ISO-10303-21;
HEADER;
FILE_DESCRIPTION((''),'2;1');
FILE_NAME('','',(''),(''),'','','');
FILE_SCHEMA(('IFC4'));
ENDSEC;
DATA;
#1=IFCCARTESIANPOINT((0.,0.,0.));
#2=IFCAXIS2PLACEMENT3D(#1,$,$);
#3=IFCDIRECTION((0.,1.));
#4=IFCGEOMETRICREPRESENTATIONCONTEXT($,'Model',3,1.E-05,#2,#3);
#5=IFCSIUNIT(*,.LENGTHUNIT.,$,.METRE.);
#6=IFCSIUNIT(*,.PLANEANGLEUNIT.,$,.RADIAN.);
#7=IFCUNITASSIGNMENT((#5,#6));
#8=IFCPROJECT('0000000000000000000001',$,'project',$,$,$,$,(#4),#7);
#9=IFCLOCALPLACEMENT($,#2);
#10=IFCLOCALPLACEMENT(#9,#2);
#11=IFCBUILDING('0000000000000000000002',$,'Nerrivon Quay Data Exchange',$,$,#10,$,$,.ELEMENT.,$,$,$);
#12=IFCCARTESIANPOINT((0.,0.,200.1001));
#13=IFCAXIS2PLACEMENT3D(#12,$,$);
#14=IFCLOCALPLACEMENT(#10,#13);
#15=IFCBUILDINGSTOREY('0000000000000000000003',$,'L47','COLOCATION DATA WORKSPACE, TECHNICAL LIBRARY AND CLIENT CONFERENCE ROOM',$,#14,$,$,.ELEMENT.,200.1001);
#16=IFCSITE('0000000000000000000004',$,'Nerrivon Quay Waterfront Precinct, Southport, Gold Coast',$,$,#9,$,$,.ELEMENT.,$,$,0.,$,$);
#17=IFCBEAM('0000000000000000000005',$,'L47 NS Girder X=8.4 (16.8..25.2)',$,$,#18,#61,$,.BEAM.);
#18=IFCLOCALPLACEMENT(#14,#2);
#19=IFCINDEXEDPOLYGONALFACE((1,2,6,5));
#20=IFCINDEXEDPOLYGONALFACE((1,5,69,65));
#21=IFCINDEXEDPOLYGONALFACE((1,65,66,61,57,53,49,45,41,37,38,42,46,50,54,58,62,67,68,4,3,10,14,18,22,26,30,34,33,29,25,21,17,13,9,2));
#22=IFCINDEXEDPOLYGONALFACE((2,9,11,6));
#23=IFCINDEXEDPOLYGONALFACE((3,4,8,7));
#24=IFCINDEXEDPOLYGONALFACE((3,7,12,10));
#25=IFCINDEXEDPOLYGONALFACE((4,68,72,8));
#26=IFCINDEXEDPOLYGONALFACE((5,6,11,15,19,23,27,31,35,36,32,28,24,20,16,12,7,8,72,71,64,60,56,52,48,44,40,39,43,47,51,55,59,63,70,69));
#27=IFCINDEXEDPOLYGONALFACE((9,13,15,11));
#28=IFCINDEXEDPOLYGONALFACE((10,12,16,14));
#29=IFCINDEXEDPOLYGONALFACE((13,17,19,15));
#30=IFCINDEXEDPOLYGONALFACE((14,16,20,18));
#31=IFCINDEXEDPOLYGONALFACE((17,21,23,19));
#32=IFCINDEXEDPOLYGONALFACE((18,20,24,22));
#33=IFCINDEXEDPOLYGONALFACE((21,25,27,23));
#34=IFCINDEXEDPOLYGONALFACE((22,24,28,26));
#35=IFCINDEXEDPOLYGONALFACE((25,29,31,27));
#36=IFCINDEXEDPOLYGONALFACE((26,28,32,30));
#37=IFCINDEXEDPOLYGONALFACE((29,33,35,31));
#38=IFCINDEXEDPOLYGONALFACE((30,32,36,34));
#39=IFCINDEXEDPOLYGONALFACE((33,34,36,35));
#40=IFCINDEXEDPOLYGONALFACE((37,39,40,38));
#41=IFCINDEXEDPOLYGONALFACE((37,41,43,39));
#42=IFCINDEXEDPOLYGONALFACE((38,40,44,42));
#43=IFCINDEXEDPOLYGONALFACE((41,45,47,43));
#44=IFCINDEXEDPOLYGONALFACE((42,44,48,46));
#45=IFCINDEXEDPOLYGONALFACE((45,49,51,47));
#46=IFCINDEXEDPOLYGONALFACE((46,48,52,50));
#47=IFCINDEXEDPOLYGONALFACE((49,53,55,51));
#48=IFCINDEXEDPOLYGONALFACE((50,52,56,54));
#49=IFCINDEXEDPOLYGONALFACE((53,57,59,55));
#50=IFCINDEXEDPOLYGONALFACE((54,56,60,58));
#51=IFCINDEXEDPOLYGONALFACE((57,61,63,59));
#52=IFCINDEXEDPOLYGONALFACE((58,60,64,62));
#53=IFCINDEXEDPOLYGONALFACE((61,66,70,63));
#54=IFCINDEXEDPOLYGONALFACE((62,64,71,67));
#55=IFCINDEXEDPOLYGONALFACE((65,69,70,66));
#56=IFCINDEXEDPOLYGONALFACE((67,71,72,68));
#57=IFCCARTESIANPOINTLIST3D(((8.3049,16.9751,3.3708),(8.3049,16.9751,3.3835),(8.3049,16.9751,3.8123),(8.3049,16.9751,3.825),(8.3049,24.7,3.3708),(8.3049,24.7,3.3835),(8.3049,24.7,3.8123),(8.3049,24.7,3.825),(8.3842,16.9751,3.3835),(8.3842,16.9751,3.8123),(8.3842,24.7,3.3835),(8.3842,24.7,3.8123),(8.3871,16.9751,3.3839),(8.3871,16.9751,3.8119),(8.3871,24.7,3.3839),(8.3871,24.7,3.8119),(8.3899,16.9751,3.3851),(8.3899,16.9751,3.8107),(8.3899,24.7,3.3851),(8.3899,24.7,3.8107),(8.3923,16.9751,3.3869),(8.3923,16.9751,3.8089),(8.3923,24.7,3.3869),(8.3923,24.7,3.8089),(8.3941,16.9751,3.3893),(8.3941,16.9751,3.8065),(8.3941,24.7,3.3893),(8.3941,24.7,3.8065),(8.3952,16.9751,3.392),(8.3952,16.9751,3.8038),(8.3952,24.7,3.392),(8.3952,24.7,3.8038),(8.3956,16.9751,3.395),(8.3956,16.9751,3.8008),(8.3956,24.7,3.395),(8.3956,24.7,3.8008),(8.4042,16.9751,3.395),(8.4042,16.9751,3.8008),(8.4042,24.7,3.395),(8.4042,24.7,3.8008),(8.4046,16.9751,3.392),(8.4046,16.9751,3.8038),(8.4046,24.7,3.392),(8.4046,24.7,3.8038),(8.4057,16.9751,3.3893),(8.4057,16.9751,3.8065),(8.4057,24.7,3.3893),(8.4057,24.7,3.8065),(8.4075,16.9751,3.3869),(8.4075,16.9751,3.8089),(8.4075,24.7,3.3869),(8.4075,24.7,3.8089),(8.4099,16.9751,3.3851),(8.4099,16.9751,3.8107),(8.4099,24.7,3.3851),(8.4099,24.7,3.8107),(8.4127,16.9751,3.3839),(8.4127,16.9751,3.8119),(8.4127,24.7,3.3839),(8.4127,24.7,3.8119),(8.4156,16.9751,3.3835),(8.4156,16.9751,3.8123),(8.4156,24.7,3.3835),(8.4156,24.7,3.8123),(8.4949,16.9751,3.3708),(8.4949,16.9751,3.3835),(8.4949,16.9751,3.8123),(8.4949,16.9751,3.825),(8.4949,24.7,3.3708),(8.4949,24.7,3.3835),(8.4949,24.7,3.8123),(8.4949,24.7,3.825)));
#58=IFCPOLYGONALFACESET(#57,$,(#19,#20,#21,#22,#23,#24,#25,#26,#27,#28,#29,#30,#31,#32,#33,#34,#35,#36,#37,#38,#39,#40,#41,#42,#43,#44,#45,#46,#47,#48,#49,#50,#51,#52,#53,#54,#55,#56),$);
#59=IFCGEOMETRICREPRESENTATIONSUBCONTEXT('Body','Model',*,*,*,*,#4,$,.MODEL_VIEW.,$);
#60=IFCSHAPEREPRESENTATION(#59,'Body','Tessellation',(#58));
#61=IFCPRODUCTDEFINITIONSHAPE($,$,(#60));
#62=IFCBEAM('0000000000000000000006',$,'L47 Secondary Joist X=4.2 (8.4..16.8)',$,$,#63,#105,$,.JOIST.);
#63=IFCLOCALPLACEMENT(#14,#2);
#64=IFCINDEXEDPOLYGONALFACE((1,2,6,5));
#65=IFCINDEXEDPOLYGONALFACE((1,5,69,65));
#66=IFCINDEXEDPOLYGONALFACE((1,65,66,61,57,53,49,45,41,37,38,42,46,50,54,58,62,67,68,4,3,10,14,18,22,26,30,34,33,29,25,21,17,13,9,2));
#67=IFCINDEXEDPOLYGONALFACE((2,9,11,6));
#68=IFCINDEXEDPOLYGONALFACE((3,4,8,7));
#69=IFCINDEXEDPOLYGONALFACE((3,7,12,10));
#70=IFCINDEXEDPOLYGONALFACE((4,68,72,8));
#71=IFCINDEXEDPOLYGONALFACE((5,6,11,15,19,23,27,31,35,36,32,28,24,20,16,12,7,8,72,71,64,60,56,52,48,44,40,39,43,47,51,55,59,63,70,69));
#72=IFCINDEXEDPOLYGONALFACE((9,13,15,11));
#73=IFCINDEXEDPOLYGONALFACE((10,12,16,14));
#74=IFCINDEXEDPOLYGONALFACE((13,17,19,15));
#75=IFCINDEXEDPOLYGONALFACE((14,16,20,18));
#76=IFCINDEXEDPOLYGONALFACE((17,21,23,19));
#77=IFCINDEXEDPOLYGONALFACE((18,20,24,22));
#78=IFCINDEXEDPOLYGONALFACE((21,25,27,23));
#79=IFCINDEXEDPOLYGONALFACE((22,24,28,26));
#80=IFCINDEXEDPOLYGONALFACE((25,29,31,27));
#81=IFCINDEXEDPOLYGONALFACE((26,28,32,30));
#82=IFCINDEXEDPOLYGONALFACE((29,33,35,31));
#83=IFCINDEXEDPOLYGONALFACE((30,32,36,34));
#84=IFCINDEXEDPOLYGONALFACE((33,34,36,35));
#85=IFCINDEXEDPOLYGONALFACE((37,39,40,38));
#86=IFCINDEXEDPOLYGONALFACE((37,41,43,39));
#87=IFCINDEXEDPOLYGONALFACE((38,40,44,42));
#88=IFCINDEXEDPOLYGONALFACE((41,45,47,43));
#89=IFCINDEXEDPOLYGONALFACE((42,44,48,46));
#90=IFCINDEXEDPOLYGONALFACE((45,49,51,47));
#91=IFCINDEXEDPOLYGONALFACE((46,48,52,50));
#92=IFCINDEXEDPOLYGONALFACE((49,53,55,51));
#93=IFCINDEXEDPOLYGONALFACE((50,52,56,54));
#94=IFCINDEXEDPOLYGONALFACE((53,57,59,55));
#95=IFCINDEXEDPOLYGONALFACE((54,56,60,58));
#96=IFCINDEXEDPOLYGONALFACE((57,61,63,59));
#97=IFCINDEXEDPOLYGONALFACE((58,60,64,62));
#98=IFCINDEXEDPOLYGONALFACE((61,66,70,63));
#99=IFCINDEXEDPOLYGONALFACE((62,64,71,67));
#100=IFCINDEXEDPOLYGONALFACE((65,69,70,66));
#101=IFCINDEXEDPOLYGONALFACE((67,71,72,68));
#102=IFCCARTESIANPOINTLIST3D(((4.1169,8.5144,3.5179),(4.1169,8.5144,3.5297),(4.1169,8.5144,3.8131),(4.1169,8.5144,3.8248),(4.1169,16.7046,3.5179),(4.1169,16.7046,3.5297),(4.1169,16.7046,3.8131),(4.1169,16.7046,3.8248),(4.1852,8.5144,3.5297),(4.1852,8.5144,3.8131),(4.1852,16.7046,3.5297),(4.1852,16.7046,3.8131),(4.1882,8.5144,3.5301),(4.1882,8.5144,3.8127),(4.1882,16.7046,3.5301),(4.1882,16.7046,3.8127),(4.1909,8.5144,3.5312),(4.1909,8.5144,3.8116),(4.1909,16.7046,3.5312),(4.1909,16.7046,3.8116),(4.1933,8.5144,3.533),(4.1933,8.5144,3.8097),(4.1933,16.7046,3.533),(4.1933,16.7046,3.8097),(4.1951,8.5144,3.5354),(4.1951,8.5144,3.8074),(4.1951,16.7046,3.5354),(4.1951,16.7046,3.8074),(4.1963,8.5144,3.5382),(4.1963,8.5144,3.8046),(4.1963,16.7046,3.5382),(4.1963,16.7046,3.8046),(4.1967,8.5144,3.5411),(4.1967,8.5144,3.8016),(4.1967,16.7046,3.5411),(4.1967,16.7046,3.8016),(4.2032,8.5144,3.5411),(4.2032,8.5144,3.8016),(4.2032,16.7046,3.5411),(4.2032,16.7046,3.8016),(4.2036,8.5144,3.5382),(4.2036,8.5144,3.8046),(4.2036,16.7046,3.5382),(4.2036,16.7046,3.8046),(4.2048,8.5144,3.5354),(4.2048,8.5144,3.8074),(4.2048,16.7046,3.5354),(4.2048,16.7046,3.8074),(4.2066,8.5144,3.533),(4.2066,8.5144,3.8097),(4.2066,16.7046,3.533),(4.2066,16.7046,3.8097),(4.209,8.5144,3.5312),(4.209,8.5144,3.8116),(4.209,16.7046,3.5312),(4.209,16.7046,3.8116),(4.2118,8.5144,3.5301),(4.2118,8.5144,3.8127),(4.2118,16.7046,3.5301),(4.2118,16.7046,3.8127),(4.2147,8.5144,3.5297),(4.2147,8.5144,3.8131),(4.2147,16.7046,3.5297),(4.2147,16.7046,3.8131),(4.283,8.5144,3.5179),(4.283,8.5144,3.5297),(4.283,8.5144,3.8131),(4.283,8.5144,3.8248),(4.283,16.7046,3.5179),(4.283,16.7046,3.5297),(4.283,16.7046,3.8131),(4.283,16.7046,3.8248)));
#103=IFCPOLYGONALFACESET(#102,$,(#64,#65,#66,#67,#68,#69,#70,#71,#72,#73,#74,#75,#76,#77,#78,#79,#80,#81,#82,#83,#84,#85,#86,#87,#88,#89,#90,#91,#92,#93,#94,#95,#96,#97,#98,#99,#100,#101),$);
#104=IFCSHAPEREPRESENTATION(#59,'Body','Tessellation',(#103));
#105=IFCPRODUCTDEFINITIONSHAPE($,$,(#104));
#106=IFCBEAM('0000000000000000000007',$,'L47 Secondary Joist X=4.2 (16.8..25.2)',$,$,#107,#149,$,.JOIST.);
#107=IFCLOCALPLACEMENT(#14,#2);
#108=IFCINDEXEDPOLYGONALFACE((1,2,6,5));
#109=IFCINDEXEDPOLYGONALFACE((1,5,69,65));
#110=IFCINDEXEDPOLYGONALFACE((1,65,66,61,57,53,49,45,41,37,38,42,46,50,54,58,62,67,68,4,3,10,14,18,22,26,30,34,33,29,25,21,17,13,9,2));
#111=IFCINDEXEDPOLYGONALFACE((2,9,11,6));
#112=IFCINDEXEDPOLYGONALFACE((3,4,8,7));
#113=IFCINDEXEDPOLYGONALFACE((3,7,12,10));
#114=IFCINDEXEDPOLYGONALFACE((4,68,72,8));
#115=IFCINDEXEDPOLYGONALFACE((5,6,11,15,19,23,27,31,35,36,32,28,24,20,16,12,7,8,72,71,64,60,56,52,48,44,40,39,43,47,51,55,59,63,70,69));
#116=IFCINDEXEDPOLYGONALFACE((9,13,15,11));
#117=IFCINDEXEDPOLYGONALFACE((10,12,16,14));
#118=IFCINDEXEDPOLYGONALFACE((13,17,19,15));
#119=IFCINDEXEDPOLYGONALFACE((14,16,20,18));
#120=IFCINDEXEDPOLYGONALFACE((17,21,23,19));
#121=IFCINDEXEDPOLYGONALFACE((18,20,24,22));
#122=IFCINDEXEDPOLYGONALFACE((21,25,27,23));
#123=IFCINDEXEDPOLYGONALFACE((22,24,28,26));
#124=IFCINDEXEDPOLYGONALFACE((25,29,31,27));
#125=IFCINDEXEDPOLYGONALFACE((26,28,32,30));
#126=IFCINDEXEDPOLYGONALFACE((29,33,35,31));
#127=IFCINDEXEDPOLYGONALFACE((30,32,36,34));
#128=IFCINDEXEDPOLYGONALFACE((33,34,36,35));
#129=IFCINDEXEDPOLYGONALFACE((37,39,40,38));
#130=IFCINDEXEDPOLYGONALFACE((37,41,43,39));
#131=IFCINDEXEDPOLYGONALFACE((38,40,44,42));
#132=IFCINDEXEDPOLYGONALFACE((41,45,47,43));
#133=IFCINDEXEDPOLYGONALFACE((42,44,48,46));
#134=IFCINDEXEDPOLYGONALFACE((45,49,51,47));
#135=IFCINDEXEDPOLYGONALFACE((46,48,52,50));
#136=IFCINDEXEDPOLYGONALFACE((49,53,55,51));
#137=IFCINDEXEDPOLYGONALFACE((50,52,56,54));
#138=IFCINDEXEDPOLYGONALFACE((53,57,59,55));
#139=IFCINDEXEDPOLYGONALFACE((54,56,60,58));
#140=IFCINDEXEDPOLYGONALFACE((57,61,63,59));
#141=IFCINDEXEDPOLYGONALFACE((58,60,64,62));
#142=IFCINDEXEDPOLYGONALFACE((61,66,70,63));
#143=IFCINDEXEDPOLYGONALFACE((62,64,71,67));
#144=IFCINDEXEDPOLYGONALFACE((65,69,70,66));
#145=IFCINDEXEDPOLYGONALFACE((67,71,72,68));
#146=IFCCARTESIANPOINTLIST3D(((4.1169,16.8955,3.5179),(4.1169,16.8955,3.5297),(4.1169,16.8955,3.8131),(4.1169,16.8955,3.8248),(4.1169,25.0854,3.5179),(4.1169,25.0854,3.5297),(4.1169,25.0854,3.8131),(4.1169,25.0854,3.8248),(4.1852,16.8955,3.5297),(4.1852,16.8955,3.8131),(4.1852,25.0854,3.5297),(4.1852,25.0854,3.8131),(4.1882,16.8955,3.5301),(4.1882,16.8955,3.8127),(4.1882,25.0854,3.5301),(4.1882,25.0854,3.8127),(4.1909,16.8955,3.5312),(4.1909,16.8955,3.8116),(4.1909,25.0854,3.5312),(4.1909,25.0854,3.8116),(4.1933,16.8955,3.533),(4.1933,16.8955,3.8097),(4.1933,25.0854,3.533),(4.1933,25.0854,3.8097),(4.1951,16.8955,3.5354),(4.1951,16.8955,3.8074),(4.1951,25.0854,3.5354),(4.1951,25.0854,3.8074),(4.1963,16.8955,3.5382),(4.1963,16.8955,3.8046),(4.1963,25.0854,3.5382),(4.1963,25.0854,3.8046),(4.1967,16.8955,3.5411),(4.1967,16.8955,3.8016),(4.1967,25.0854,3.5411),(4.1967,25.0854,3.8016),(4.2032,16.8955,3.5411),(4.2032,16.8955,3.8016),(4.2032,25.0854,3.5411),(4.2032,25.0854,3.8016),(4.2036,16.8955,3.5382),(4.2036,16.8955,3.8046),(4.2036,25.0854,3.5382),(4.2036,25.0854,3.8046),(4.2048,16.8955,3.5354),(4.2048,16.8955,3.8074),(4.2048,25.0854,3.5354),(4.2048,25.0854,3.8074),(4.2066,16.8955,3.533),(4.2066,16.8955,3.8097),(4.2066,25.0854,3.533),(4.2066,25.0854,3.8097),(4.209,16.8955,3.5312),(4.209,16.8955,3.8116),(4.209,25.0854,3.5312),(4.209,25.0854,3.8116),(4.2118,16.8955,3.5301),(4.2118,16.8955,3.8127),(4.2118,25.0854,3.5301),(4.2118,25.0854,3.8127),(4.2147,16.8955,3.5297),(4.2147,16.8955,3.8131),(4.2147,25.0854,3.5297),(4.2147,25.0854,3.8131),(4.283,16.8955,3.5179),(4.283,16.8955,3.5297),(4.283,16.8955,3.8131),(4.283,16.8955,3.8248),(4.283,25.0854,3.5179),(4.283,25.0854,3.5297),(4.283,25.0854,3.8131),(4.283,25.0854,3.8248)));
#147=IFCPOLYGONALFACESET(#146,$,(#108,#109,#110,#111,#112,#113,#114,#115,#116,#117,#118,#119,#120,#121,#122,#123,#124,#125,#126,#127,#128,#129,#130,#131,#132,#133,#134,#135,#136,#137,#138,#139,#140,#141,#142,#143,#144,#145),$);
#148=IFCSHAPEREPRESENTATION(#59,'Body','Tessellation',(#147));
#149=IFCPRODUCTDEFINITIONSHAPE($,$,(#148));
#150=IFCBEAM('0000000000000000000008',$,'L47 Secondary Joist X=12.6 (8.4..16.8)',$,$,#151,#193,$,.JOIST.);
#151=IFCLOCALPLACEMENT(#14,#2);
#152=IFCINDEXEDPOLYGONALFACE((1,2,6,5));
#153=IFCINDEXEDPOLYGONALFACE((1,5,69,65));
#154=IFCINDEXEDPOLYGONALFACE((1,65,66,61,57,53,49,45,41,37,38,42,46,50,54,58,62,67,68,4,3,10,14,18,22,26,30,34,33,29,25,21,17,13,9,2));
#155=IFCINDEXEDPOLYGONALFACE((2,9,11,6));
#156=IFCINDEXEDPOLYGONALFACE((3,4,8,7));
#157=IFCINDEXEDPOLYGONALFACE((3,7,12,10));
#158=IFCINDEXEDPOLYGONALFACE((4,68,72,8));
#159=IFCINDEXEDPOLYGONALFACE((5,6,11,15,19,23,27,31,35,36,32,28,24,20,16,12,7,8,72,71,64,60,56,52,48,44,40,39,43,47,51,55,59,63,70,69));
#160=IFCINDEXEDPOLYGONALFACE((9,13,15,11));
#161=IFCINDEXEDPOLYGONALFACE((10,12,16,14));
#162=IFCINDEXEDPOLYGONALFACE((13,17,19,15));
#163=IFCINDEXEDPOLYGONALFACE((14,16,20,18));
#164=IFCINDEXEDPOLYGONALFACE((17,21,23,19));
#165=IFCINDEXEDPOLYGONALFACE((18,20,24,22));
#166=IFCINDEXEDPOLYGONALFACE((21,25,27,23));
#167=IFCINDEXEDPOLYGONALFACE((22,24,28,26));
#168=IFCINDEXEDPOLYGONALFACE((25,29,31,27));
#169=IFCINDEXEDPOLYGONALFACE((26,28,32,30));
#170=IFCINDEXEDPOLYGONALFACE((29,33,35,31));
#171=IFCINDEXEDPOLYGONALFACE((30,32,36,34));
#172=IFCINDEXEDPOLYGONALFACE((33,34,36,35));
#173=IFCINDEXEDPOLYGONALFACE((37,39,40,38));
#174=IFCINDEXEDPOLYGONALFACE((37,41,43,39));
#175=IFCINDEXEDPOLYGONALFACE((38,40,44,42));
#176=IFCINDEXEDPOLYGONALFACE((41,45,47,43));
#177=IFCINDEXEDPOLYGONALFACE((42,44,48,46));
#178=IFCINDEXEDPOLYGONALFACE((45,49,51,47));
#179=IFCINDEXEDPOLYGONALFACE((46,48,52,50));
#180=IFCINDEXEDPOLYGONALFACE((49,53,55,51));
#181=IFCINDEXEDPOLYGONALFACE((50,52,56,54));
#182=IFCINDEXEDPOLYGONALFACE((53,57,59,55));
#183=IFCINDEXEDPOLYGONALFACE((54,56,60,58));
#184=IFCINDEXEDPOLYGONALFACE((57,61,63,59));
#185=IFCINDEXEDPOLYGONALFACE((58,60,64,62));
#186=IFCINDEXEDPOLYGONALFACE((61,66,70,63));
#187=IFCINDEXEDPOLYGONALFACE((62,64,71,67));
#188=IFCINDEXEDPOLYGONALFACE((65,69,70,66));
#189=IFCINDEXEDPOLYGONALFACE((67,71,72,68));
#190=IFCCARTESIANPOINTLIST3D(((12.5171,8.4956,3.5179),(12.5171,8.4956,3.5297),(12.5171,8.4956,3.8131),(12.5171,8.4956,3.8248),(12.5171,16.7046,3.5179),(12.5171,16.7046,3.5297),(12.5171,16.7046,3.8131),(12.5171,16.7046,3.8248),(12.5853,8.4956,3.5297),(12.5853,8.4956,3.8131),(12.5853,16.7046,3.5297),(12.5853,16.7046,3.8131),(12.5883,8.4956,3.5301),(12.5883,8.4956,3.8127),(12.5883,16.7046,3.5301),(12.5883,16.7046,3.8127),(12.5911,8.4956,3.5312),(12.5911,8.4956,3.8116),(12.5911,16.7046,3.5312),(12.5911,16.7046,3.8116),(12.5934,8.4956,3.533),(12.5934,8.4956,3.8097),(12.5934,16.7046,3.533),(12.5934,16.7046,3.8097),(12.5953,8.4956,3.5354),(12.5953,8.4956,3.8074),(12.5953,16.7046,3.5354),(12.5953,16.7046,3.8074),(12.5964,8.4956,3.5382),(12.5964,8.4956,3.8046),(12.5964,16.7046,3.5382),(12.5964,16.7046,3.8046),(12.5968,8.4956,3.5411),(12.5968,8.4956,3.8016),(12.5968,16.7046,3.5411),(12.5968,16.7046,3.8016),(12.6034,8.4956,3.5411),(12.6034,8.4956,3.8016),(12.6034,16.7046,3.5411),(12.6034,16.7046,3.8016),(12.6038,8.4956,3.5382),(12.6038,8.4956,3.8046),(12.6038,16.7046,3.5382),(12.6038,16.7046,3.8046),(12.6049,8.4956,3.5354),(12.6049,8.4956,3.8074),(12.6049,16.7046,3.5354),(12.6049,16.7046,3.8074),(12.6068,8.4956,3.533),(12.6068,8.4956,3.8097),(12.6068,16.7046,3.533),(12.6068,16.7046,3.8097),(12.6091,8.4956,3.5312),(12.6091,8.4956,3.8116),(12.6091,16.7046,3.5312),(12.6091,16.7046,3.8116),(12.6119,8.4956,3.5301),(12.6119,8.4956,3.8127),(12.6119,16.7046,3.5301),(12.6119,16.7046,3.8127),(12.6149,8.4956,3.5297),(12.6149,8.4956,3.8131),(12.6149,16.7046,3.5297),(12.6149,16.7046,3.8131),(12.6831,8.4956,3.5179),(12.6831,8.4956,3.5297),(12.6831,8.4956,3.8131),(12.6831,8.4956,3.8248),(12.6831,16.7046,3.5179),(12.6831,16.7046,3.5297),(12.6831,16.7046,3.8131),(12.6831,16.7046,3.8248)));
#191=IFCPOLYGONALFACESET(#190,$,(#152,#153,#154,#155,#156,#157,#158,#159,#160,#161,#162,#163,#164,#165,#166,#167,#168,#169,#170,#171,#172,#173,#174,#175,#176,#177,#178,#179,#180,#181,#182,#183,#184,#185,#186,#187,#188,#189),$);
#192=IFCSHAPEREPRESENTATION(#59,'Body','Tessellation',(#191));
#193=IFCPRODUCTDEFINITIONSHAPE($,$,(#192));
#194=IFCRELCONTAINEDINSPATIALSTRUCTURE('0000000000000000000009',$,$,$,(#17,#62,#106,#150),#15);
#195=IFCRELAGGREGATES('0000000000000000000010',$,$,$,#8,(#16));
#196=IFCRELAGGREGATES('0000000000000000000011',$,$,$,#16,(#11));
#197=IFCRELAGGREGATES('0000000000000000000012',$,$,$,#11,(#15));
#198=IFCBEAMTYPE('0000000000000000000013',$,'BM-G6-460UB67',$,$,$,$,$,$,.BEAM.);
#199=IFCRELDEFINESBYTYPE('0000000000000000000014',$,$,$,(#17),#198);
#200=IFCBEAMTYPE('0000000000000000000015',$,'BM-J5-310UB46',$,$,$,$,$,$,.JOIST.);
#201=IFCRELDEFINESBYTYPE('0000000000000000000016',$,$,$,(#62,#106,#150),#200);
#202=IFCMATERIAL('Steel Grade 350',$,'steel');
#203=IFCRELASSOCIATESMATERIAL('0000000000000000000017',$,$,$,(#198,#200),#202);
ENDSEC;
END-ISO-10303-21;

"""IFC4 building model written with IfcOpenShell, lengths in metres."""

from ifc_helpers import new_model, si_unit, direction, frame, origin, origin_2d, place, context, subcontext, project, spatial, i_section, extrude, material, material_profile, profile_set, type_object, element, save


model = new_model("IFC4")

# Units and contexts
model_context = context("Model", 3, precision=1e-05, world=origin(), true_north=direction((0.0, 1.0)))
body_context = subcontext(model_context, "Body", "Model", "MODEL_VIEW")
ifc_project = project(units=[si_unit("LENGTHUNIT", "METRE"), si_unit("PLANEANGLEUNIT", "RADIAN")], contexts=[model_context])

# Site, building, storey
site_placement = place(None, origin())
site = spatial("IfcSite", under=ifc_project, at=site_placement, Name="Nerrivon Quay Waterfront Precinct, Southport, Gold Coast", CompositionType="ELEMENT", RefElevation=0.0)
building_placement = place(site_placement, origin())
building = spatial("IfcBuilding", under=site, at=building_placement, Name="Nerrivon Quay Data Exchange", CompositionType="ELEMENT")
storey_placement = place(building_placement, frame((0.0, 0.0, 200.1001)))
storey = spatial("IfcBuildingStorey", under=building, at=storey_placement, Name="L47", Description="COLOCATION DATA WORKSPACE, TECHNICAL LIBRARY AND CLIENT CONFERENCE ROOM", CompositionType="ELEMENT", Elevation=200.1001)

# Shared definitions
ifc_material_1 = material(Name="Steel Grade 350", Category="steel")

# Beams
ifc_material_profile_1 = material_profile(ifc_material_1, i_section(OverallWidth=0.1899, OverallDepth=0.4541, WebThickness=0.0085, FlangeThickness=0.0127, FilletRadius=0.0115, at=origin_2d()), Name="460UB67.1")
ifc_profile_set_1 = profile_set([ifc_material_profile_1], Name="Steel Grade 350")
beam_type_1 = type_object("IfcBeamType", Name="BM-G6-460UB67", PredefinedType="BEAM", material=ifc_profile_set_1)
beam_1_placement = place(storey_placement, frame((8.3999, 16.9751, 3.5979), z_axis=(0.0, 1.0, 0.0), x_axis=(-1.0, 0.0, 0.0)))
element("IfcBeam", 1, at=beam_1_placement, inside=storey, type_object=beam_type_1, Name="L47 NS Girder X=8.4 (16.8..25.2)", PredefinedType="BEAM", context=body_context, shape_type="SweptSolid", body=[
    extrude(i_section(OverallWidth=0.1899, OverallDepth=0.4541, WebThickness=0.0085, FlangeThickness=0.0127, FilletRadius=0.0115, at=origin_2d()), origin(), (0.0, 0.0, 1.0), 7.7249),
])
ifc_material_profile_2 = material_profile(ifc_material_1, i_section(OverallWidth=0.166, OverallDepth=0.3069, WebThickness=0.0066, FlangeThickness=0.0117, FilletRadius=0.0115, at=origin_2d()), Name="310UB46.2")
ifc_profile_set_2 = profile_set([ifc_material_profile_2], Name="Steel Grade 350")
beam_type_2 = type_object("IfcBeamType", Name="BM-J5-310UB46", PredefinedType="JOIST", material=ifc_profile_set_2)
beam_2_placement = place(storey_placement, frame((4.2, 8.5144, 3.6714), z_axis=(0.0, 1.0, 0.0), x_axis=(-1.0, 0.0, 0.0)))
element("IfcBeam", 2, at=beam_2_placement, inside=storey, type_object=beam_type_2, Name="L47 Secondary Joist X=4.2 (8.4..16.8)", PredefinedType="JOIST", context=body_context, shape_type="SweptSolid", body=[
    extrude(i_section(OverallWidth=0.166, OverallDepth=0.3069, WebThickness=0.0066, FlangeThickness=0.0117, FilletRadius=0.0115, at=origin_2d()), origin(), (0.0, 0.0, 1.0), 8.1902),
])
beam_3_placement = place(storey_placement, frame((4.2, 16.8955, 3.6714), z_axis=(0.0, 1.0, 0.0), x_axis=(-1.0, 0.0, 0.0)))
element("IfcBeam", 3, at=beam_3_placement, inside=storey, type_object=beam_type_2, Name="L47 Secondary Joist X=4.2 (16.8..25.2)", PredefinedType="JOIST", context=body_context, shape_type="SweptSolid", body=[
    extrude(i_section(OverallWidth=0.166, OverallDepth=0.3069, WebThickness=0.0066, FlangeThickness=0.0117, FilletRadius=0.0115, at=origin_2d()), origin(), (0.0, 0.0, 1.0), 8.1899),
])
beam_4_placement = place(storey_placement, frame((12.6001, 8.4956, 3.6714), z_axis=(0.0, 1.0, 0.0), x_axis=(-1.0, 0.0, 0.0)))
element("IfcBeam", 4, at=beam_4_placement, inside=storey, type_object=beam_type_2, Name="L47 Secondary Joist X=12.6 (8.4..16.8)", PredefinedType="JOIST", context=body_context, shape_type="SweptSolid", body=[
    extrude(i_section(OverallWidth=0.166, OverallDepth=0.3069, WebThickness=0.0066, FlangeThickness=0.0117, FilletRadius=0.0115, at=origin_2d()), origin(), (0.0, 0.0, 1.0), 8.209),
])

save(model, "model.ifc")
